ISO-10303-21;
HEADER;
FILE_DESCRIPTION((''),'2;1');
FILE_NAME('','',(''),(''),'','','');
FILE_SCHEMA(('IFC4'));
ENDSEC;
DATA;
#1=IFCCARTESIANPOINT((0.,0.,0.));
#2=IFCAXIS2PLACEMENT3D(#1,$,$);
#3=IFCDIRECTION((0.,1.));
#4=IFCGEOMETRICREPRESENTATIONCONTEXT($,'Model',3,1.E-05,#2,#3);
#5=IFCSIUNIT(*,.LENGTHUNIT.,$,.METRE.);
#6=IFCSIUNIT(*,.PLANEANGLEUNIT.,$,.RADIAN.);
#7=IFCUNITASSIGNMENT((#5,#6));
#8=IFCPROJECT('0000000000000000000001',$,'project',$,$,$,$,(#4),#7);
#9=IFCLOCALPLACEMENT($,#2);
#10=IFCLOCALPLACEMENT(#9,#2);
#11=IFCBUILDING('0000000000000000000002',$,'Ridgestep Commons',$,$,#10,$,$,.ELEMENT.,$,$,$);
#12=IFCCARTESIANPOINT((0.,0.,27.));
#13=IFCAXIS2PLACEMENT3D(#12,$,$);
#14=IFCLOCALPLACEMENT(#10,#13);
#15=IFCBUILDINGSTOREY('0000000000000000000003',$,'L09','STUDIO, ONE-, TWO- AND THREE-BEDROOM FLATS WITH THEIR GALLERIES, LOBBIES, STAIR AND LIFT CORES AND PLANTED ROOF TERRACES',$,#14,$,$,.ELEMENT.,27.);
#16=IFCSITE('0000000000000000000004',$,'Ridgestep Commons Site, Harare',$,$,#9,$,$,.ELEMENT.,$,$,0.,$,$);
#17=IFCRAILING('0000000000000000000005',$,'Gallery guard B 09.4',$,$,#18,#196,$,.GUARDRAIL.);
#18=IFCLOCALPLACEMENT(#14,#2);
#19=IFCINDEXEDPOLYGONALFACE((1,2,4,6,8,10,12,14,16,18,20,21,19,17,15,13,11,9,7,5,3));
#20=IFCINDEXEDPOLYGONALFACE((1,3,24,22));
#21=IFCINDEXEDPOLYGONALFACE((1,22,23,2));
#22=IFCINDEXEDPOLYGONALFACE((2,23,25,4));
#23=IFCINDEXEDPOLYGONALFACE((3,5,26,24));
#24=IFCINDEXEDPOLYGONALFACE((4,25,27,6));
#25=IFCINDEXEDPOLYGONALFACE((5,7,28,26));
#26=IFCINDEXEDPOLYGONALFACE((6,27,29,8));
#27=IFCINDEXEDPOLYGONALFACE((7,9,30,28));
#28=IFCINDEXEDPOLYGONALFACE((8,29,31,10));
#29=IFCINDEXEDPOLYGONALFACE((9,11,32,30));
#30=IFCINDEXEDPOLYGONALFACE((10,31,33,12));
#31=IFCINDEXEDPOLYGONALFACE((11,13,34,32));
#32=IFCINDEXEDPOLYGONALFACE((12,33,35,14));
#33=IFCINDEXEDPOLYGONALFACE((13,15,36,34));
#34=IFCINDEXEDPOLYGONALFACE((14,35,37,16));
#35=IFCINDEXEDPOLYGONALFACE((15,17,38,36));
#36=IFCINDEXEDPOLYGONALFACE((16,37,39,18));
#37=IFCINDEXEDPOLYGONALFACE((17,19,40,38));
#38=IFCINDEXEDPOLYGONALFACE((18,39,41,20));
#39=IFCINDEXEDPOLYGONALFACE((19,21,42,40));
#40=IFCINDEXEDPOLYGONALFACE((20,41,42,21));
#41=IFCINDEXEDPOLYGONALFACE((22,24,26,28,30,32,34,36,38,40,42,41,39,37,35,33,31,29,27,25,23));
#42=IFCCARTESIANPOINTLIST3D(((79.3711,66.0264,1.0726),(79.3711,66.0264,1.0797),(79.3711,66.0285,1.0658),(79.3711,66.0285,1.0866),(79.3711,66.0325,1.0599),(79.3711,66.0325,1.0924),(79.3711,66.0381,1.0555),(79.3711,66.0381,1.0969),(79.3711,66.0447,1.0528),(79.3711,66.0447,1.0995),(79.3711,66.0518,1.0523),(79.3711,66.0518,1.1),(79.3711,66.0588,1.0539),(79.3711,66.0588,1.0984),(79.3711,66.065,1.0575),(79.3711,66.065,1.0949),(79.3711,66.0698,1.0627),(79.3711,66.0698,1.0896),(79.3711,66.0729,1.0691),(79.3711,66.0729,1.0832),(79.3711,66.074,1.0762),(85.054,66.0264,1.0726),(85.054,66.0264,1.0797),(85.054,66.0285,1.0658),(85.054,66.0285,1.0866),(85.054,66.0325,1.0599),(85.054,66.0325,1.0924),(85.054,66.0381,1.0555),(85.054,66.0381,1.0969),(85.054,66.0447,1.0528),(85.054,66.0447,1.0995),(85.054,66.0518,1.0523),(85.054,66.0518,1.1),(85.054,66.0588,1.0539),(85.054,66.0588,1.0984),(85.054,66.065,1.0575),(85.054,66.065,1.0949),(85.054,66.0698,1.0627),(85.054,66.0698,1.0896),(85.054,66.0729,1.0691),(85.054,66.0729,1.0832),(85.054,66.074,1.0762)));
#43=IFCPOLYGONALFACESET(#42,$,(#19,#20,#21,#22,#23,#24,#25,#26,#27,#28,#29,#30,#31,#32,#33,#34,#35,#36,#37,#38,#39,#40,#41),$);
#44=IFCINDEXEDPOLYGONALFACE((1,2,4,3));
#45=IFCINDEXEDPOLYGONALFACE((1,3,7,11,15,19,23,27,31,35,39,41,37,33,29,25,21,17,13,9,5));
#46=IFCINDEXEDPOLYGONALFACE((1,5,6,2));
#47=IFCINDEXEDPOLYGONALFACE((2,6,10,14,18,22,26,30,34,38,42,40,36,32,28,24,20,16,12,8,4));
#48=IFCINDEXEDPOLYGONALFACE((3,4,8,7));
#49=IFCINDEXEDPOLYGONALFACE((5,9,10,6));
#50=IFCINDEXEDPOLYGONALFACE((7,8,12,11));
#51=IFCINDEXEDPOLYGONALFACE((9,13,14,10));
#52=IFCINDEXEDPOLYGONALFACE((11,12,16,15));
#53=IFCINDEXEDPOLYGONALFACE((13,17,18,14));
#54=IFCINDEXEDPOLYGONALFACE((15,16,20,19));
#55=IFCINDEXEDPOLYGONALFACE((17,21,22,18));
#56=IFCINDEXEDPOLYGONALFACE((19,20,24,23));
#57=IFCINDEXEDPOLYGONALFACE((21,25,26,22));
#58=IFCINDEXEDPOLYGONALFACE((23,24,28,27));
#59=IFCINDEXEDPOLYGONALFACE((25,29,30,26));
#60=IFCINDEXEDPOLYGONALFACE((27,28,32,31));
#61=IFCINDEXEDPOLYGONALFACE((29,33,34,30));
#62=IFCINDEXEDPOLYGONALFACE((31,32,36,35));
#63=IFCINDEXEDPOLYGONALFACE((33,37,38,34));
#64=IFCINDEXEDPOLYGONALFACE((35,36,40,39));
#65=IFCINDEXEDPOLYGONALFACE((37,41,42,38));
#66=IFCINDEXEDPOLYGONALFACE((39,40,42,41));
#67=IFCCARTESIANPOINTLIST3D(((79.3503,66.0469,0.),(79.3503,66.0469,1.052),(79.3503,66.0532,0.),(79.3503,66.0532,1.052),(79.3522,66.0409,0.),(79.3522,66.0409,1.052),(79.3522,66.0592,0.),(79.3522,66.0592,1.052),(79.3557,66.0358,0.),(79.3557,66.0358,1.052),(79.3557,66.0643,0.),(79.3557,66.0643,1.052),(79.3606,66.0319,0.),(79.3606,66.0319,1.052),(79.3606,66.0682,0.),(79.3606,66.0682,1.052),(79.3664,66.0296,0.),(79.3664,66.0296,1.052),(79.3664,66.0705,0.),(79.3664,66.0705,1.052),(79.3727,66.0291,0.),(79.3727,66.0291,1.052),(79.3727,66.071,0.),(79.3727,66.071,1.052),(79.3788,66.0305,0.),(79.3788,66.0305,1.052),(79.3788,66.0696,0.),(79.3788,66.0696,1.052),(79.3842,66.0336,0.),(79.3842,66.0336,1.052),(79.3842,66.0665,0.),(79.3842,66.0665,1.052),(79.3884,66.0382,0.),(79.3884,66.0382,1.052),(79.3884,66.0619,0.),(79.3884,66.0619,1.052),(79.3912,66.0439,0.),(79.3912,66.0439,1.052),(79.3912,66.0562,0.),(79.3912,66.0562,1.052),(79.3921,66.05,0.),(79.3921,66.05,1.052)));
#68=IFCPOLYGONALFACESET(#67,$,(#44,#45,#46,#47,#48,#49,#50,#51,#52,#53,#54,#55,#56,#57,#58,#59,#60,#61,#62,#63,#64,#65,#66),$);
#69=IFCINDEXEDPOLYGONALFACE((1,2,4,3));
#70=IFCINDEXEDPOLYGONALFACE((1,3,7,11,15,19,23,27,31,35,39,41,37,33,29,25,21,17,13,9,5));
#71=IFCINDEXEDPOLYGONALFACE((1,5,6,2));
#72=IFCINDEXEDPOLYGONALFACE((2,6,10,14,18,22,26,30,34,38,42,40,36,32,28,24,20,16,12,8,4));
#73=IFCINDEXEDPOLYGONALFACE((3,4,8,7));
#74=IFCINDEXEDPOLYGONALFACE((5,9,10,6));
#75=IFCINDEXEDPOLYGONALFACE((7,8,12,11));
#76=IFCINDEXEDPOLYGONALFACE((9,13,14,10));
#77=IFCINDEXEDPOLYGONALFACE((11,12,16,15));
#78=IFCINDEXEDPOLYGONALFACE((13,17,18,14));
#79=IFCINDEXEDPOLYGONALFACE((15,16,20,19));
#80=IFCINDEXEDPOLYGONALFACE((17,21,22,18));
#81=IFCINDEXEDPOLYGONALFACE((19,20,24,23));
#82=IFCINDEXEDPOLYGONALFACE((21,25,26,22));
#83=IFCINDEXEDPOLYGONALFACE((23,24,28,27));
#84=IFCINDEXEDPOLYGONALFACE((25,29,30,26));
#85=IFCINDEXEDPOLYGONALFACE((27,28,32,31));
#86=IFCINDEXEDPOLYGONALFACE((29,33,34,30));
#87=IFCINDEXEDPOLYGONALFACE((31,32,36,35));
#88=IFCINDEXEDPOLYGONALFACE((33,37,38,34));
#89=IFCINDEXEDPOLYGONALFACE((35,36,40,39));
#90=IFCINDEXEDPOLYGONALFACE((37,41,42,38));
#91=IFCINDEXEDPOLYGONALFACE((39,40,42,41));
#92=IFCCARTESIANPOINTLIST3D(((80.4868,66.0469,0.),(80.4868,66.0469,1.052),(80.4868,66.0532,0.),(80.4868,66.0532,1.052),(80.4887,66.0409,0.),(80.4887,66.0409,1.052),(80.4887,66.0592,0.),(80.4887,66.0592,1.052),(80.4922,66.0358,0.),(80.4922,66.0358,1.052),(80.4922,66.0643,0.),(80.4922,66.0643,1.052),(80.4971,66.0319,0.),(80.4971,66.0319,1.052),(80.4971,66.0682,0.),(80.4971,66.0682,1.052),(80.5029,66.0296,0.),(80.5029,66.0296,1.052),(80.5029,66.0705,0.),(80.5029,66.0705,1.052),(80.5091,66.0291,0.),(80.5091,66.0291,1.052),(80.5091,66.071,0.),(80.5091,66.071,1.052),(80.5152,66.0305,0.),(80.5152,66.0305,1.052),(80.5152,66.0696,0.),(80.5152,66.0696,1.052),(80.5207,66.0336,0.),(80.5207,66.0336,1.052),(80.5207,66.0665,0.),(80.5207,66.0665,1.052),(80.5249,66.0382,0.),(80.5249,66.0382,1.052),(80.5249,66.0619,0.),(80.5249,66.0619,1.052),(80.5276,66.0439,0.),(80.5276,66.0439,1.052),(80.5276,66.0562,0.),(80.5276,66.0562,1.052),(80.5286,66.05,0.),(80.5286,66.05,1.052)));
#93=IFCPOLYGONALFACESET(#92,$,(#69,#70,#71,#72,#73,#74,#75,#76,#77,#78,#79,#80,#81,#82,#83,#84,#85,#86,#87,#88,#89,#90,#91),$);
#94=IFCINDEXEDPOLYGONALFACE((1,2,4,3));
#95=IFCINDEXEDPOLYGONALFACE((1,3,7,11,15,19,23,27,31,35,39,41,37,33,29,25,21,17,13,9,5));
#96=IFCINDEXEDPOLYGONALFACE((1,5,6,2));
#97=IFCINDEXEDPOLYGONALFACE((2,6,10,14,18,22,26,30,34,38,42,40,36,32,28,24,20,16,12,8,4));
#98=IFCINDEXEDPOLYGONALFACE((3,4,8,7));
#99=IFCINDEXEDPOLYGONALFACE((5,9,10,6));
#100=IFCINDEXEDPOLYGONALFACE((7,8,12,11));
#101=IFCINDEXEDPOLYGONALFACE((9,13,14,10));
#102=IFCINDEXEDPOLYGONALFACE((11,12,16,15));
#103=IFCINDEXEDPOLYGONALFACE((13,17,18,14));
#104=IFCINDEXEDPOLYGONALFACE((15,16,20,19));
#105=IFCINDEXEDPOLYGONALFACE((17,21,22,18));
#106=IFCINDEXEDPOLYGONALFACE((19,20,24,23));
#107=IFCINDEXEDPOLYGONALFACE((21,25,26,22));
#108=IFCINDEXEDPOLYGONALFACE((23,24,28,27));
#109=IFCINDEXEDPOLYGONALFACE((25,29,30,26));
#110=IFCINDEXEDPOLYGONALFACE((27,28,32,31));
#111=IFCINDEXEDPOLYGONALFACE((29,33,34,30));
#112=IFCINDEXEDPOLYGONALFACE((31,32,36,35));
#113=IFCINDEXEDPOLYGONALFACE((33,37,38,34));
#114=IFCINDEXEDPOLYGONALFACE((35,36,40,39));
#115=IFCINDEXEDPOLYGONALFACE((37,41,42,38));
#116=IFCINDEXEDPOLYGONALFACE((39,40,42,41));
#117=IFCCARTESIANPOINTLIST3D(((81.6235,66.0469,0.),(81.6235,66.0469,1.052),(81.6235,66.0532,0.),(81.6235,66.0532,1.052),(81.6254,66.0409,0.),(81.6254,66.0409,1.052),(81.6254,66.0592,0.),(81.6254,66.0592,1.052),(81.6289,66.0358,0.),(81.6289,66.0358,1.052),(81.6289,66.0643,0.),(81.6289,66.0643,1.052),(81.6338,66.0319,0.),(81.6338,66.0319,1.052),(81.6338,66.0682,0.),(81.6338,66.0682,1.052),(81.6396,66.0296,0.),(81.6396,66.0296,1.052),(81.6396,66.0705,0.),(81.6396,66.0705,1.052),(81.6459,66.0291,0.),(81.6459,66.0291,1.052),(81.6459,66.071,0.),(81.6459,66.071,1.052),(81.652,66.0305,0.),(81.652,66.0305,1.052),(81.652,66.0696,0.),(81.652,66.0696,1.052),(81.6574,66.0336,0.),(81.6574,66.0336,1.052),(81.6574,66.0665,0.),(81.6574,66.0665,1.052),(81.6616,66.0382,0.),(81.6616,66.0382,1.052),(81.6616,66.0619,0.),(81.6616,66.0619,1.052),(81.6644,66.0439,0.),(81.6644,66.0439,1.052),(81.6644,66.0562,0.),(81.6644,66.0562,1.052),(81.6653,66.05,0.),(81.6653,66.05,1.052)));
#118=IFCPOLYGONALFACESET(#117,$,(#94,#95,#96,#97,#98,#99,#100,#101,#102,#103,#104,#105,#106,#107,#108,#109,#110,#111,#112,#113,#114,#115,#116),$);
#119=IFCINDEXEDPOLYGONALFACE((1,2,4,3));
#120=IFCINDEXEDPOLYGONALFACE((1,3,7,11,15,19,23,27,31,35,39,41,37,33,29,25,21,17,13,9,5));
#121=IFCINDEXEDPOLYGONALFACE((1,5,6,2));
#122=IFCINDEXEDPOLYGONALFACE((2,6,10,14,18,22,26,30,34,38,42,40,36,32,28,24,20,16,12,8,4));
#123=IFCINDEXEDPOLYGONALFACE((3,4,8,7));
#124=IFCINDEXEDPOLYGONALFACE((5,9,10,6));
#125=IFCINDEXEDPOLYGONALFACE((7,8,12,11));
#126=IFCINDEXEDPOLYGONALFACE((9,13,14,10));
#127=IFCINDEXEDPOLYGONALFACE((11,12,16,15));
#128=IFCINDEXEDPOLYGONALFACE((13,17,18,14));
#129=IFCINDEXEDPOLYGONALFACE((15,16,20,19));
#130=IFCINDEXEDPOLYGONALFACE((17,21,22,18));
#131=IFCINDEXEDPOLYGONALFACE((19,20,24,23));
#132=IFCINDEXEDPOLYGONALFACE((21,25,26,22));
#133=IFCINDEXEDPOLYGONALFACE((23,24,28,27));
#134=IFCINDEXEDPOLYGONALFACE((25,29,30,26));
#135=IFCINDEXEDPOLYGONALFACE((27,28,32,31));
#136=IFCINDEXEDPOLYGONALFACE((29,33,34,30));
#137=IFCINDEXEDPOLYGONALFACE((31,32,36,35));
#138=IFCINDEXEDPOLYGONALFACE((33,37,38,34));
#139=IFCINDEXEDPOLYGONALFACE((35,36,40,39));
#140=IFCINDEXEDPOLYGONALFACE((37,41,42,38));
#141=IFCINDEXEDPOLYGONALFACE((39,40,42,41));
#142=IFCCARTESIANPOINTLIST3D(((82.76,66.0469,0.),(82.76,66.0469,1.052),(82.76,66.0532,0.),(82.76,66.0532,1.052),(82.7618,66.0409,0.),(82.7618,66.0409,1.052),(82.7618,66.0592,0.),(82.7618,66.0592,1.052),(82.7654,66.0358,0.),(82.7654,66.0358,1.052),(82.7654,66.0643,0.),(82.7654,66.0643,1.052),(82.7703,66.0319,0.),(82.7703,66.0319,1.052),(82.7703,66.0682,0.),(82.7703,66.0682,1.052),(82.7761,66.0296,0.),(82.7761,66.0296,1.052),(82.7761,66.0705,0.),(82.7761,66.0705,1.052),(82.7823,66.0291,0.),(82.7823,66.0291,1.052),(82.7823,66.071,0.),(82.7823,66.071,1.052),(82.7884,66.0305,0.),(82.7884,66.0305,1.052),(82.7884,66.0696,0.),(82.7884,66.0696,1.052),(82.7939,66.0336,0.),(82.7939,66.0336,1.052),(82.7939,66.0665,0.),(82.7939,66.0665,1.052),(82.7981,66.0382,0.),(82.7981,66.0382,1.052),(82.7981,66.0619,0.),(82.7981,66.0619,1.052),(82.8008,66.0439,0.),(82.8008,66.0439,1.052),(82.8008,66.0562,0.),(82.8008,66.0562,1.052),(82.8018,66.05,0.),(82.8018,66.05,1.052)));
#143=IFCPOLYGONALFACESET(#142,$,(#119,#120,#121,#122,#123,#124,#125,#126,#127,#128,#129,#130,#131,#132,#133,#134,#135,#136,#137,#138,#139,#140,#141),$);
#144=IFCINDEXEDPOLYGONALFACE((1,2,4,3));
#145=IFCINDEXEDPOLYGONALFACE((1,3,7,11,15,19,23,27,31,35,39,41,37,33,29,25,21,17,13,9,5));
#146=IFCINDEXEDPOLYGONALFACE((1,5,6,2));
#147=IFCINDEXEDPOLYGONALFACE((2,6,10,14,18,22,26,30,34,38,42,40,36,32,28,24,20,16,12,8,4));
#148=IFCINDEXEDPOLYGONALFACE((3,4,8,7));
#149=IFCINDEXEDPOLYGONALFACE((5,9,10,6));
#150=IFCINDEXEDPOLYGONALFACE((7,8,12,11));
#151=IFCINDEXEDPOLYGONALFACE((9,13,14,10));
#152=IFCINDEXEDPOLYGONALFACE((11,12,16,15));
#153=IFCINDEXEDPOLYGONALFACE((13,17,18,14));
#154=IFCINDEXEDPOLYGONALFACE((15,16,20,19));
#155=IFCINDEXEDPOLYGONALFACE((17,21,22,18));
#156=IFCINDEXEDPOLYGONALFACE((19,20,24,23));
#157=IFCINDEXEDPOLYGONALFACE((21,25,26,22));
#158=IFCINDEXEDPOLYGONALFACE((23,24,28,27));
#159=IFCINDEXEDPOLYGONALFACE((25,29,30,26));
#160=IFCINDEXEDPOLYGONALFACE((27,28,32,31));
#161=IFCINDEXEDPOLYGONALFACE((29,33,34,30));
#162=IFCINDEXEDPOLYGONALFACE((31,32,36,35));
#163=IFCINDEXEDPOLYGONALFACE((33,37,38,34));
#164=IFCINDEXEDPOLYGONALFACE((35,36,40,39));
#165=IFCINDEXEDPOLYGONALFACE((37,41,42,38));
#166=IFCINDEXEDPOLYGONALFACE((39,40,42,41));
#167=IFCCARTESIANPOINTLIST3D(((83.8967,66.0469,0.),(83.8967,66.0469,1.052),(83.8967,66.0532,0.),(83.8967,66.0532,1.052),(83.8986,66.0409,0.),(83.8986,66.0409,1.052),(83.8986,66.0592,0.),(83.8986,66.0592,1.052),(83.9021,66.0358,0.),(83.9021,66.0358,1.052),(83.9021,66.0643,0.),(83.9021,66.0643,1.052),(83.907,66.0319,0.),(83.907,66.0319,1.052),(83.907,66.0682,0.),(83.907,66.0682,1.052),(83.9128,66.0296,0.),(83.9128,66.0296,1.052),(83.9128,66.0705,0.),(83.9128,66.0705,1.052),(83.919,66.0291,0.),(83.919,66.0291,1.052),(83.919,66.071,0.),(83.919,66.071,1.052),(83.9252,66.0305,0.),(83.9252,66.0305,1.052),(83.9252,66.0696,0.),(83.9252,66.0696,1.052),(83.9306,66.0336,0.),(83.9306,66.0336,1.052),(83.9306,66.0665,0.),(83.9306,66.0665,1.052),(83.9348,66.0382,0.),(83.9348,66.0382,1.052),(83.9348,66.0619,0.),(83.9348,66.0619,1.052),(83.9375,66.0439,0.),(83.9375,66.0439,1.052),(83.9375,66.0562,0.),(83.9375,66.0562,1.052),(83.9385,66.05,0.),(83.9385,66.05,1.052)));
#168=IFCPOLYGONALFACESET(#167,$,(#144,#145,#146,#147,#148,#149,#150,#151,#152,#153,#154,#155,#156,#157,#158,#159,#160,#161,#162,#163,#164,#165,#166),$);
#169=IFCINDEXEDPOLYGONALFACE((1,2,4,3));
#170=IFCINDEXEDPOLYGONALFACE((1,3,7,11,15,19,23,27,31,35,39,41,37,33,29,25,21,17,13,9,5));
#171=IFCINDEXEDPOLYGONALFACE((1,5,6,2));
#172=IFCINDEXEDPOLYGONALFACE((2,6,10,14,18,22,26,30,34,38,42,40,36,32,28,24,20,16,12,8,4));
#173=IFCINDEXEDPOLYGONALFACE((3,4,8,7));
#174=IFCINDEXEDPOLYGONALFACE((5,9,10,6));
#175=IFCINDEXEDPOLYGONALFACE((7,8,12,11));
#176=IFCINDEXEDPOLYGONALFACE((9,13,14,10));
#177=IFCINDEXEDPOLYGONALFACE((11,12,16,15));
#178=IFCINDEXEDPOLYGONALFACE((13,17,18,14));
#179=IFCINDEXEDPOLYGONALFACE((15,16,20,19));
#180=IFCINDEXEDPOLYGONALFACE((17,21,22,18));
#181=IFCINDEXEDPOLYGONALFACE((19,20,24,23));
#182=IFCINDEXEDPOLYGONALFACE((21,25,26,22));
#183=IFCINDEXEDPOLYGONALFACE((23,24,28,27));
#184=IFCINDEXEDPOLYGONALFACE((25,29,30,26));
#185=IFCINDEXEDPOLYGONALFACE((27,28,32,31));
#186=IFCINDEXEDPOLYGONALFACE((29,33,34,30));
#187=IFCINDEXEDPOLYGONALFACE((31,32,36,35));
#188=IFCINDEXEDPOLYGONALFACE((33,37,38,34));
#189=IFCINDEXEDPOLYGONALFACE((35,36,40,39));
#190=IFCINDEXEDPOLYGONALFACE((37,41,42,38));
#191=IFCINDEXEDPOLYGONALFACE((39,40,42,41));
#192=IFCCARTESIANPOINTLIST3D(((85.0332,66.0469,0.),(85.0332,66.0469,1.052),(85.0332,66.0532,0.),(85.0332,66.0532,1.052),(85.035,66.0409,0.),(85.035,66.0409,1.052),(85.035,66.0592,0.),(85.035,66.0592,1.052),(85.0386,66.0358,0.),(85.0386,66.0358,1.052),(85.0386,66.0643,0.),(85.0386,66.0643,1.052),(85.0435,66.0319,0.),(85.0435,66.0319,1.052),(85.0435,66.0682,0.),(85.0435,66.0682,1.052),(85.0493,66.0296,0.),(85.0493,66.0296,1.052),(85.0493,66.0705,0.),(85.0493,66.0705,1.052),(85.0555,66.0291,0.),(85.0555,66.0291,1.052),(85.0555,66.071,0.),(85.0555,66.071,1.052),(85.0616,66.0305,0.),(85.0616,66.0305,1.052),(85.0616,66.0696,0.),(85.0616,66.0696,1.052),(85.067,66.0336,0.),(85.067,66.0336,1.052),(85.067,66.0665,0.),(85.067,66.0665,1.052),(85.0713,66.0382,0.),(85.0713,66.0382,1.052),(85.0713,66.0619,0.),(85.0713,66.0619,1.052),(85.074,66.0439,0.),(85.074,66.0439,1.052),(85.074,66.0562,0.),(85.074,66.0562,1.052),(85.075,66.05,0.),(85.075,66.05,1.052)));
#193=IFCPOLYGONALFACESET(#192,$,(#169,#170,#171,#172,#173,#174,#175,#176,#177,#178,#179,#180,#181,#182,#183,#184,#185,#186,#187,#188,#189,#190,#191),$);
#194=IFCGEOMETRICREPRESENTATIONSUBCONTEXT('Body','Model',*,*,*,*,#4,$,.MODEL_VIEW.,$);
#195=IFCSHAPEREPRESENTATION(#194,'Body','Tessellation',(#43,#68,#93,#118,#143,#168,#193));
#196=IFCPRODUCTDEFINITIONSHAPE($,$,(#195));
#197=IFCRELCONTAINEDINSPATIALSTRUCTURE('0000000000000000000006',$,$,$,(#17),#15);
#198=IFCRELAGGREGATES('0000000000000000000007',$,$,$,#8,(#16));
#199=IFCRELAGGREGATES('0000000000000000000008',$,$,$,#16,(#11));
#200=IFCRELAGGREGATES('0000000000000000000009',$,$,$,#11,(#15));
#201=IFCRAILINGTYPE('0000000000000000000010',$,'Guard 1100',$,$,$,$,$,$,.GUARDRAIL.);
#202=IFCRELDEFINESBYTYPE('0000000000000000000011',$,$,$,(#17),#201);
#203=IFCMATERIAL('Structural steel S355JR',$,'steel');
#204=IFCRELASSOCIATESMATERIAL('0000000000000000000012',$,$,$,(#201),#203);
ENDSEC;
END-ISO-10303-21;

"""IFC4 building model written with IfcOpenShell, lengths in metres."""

from ifc_helpers import new_model, si_unit, direction, frame, origin, origin_2d, place, context, subcontext, project, spatial, circle, extrude, material, type_object, element, save


model = new_model("IFC4")

# Units and contexts
model_context = context("Model", 3, precision=1e-05, world=origin(), true_north=direction((0.0, 1.0)))
body_context = subcontext(model_context, "Body", "Model", "MODEL_VIEW")
ifc_project = project(units=[si_unit("LENGTHUNIT", "METRE"), si_unit("PLANEANGLEUNIT", "RADIAN")], contexts=[model_context])

# Site, building, storey
site_placement = place(None, origin())
site = spatial("IfcSite", under=ifc_project, at=site_placement, Name="Ridgestep Commons Site, Harare", CompositionType="ELEMENT", RefElevation=0.0)
building_placement = place(site_placement, origin())
building = spatial("IfcBuilding", under=site, at=building_placement, Name="Ridgestep Commons", CompositionType="ELEMENT")
storey_placement = place(building_placement, frame((0.0, 0.0, 27.0)))
storey = spatial("IfcBuildingStorey", under=building, at=storey_placement, Name="L09", Description="STUDIO, ONE-, TWO- AND THREE-BEDROOM FLATS WITH THEIR GALLERIES, LOBBIES, STAIR AND LIFT CORES AND PLANTED ROOF TERRACES", CompositionType="ELEMENT", Elevation=27.0)

# Railing
ifc_material_1 = material(Name="Structural steel S355JR", Category="steel")
railing_type = type_object("IfcRailingType", Name="Guard 1100", PredefinedType="GUARDRAIL", material=ifc_material_1)
railing_1_placement = place(storey_placement, frame((79.3711, 66.05, 0.0)))
element("IfcRailing", 1, at=railing_1_placement, inside=storey, type_object=railing_type, Name="Gallery guard B 09.4", PredefinedType="GUARDRAIL", context=body_context, shape_type="SweptSolid", body=[
    extrude(circle(Radius=0.0239, at=origin_2d()), frame((0.0, 0.0, 1.0762), z_axis=(1.0, 0.0, 0.0), x_axis=(0.0, 1.0, 0.0)), (0.0, 0.0, 1.0), 5.6829),
    extrude(circle(Radius=0.021, at=origin_2d()), origin(), (0.0, 0.0, 1.0), 1.052),
    extrude(circle(Radius=0.021, at=origin_2d()), frame((1.1365, 0.0, 0.0)), (0.0, 0.0, 1.0), 1.052),
    extrude(circle(Radius=0.021, at=origin_2d()), frame((2.2732, 0.0, 0.0)), (0.0, 0.0, 1.0), 1.052),
    extrude(circle(Radius=0.021, at=origin_2d()), frame((3.4097, 0.0, 0.0)), (0.0, 0.0, 1.0), 1.052),
    extrude(circle(Radius=0.021, at=origin_2d()), frame((4.5464, 0.0, 0.0)), (0.0, 0.0, 1.0), 1.052),
    extrude(circle(Radius=0.021, at=origin_2d()), frame((5.6829, 0.0, 0.0)), (0.0, 0.0, 1.0), 1.052),
])

save(model, "model.ifc")
